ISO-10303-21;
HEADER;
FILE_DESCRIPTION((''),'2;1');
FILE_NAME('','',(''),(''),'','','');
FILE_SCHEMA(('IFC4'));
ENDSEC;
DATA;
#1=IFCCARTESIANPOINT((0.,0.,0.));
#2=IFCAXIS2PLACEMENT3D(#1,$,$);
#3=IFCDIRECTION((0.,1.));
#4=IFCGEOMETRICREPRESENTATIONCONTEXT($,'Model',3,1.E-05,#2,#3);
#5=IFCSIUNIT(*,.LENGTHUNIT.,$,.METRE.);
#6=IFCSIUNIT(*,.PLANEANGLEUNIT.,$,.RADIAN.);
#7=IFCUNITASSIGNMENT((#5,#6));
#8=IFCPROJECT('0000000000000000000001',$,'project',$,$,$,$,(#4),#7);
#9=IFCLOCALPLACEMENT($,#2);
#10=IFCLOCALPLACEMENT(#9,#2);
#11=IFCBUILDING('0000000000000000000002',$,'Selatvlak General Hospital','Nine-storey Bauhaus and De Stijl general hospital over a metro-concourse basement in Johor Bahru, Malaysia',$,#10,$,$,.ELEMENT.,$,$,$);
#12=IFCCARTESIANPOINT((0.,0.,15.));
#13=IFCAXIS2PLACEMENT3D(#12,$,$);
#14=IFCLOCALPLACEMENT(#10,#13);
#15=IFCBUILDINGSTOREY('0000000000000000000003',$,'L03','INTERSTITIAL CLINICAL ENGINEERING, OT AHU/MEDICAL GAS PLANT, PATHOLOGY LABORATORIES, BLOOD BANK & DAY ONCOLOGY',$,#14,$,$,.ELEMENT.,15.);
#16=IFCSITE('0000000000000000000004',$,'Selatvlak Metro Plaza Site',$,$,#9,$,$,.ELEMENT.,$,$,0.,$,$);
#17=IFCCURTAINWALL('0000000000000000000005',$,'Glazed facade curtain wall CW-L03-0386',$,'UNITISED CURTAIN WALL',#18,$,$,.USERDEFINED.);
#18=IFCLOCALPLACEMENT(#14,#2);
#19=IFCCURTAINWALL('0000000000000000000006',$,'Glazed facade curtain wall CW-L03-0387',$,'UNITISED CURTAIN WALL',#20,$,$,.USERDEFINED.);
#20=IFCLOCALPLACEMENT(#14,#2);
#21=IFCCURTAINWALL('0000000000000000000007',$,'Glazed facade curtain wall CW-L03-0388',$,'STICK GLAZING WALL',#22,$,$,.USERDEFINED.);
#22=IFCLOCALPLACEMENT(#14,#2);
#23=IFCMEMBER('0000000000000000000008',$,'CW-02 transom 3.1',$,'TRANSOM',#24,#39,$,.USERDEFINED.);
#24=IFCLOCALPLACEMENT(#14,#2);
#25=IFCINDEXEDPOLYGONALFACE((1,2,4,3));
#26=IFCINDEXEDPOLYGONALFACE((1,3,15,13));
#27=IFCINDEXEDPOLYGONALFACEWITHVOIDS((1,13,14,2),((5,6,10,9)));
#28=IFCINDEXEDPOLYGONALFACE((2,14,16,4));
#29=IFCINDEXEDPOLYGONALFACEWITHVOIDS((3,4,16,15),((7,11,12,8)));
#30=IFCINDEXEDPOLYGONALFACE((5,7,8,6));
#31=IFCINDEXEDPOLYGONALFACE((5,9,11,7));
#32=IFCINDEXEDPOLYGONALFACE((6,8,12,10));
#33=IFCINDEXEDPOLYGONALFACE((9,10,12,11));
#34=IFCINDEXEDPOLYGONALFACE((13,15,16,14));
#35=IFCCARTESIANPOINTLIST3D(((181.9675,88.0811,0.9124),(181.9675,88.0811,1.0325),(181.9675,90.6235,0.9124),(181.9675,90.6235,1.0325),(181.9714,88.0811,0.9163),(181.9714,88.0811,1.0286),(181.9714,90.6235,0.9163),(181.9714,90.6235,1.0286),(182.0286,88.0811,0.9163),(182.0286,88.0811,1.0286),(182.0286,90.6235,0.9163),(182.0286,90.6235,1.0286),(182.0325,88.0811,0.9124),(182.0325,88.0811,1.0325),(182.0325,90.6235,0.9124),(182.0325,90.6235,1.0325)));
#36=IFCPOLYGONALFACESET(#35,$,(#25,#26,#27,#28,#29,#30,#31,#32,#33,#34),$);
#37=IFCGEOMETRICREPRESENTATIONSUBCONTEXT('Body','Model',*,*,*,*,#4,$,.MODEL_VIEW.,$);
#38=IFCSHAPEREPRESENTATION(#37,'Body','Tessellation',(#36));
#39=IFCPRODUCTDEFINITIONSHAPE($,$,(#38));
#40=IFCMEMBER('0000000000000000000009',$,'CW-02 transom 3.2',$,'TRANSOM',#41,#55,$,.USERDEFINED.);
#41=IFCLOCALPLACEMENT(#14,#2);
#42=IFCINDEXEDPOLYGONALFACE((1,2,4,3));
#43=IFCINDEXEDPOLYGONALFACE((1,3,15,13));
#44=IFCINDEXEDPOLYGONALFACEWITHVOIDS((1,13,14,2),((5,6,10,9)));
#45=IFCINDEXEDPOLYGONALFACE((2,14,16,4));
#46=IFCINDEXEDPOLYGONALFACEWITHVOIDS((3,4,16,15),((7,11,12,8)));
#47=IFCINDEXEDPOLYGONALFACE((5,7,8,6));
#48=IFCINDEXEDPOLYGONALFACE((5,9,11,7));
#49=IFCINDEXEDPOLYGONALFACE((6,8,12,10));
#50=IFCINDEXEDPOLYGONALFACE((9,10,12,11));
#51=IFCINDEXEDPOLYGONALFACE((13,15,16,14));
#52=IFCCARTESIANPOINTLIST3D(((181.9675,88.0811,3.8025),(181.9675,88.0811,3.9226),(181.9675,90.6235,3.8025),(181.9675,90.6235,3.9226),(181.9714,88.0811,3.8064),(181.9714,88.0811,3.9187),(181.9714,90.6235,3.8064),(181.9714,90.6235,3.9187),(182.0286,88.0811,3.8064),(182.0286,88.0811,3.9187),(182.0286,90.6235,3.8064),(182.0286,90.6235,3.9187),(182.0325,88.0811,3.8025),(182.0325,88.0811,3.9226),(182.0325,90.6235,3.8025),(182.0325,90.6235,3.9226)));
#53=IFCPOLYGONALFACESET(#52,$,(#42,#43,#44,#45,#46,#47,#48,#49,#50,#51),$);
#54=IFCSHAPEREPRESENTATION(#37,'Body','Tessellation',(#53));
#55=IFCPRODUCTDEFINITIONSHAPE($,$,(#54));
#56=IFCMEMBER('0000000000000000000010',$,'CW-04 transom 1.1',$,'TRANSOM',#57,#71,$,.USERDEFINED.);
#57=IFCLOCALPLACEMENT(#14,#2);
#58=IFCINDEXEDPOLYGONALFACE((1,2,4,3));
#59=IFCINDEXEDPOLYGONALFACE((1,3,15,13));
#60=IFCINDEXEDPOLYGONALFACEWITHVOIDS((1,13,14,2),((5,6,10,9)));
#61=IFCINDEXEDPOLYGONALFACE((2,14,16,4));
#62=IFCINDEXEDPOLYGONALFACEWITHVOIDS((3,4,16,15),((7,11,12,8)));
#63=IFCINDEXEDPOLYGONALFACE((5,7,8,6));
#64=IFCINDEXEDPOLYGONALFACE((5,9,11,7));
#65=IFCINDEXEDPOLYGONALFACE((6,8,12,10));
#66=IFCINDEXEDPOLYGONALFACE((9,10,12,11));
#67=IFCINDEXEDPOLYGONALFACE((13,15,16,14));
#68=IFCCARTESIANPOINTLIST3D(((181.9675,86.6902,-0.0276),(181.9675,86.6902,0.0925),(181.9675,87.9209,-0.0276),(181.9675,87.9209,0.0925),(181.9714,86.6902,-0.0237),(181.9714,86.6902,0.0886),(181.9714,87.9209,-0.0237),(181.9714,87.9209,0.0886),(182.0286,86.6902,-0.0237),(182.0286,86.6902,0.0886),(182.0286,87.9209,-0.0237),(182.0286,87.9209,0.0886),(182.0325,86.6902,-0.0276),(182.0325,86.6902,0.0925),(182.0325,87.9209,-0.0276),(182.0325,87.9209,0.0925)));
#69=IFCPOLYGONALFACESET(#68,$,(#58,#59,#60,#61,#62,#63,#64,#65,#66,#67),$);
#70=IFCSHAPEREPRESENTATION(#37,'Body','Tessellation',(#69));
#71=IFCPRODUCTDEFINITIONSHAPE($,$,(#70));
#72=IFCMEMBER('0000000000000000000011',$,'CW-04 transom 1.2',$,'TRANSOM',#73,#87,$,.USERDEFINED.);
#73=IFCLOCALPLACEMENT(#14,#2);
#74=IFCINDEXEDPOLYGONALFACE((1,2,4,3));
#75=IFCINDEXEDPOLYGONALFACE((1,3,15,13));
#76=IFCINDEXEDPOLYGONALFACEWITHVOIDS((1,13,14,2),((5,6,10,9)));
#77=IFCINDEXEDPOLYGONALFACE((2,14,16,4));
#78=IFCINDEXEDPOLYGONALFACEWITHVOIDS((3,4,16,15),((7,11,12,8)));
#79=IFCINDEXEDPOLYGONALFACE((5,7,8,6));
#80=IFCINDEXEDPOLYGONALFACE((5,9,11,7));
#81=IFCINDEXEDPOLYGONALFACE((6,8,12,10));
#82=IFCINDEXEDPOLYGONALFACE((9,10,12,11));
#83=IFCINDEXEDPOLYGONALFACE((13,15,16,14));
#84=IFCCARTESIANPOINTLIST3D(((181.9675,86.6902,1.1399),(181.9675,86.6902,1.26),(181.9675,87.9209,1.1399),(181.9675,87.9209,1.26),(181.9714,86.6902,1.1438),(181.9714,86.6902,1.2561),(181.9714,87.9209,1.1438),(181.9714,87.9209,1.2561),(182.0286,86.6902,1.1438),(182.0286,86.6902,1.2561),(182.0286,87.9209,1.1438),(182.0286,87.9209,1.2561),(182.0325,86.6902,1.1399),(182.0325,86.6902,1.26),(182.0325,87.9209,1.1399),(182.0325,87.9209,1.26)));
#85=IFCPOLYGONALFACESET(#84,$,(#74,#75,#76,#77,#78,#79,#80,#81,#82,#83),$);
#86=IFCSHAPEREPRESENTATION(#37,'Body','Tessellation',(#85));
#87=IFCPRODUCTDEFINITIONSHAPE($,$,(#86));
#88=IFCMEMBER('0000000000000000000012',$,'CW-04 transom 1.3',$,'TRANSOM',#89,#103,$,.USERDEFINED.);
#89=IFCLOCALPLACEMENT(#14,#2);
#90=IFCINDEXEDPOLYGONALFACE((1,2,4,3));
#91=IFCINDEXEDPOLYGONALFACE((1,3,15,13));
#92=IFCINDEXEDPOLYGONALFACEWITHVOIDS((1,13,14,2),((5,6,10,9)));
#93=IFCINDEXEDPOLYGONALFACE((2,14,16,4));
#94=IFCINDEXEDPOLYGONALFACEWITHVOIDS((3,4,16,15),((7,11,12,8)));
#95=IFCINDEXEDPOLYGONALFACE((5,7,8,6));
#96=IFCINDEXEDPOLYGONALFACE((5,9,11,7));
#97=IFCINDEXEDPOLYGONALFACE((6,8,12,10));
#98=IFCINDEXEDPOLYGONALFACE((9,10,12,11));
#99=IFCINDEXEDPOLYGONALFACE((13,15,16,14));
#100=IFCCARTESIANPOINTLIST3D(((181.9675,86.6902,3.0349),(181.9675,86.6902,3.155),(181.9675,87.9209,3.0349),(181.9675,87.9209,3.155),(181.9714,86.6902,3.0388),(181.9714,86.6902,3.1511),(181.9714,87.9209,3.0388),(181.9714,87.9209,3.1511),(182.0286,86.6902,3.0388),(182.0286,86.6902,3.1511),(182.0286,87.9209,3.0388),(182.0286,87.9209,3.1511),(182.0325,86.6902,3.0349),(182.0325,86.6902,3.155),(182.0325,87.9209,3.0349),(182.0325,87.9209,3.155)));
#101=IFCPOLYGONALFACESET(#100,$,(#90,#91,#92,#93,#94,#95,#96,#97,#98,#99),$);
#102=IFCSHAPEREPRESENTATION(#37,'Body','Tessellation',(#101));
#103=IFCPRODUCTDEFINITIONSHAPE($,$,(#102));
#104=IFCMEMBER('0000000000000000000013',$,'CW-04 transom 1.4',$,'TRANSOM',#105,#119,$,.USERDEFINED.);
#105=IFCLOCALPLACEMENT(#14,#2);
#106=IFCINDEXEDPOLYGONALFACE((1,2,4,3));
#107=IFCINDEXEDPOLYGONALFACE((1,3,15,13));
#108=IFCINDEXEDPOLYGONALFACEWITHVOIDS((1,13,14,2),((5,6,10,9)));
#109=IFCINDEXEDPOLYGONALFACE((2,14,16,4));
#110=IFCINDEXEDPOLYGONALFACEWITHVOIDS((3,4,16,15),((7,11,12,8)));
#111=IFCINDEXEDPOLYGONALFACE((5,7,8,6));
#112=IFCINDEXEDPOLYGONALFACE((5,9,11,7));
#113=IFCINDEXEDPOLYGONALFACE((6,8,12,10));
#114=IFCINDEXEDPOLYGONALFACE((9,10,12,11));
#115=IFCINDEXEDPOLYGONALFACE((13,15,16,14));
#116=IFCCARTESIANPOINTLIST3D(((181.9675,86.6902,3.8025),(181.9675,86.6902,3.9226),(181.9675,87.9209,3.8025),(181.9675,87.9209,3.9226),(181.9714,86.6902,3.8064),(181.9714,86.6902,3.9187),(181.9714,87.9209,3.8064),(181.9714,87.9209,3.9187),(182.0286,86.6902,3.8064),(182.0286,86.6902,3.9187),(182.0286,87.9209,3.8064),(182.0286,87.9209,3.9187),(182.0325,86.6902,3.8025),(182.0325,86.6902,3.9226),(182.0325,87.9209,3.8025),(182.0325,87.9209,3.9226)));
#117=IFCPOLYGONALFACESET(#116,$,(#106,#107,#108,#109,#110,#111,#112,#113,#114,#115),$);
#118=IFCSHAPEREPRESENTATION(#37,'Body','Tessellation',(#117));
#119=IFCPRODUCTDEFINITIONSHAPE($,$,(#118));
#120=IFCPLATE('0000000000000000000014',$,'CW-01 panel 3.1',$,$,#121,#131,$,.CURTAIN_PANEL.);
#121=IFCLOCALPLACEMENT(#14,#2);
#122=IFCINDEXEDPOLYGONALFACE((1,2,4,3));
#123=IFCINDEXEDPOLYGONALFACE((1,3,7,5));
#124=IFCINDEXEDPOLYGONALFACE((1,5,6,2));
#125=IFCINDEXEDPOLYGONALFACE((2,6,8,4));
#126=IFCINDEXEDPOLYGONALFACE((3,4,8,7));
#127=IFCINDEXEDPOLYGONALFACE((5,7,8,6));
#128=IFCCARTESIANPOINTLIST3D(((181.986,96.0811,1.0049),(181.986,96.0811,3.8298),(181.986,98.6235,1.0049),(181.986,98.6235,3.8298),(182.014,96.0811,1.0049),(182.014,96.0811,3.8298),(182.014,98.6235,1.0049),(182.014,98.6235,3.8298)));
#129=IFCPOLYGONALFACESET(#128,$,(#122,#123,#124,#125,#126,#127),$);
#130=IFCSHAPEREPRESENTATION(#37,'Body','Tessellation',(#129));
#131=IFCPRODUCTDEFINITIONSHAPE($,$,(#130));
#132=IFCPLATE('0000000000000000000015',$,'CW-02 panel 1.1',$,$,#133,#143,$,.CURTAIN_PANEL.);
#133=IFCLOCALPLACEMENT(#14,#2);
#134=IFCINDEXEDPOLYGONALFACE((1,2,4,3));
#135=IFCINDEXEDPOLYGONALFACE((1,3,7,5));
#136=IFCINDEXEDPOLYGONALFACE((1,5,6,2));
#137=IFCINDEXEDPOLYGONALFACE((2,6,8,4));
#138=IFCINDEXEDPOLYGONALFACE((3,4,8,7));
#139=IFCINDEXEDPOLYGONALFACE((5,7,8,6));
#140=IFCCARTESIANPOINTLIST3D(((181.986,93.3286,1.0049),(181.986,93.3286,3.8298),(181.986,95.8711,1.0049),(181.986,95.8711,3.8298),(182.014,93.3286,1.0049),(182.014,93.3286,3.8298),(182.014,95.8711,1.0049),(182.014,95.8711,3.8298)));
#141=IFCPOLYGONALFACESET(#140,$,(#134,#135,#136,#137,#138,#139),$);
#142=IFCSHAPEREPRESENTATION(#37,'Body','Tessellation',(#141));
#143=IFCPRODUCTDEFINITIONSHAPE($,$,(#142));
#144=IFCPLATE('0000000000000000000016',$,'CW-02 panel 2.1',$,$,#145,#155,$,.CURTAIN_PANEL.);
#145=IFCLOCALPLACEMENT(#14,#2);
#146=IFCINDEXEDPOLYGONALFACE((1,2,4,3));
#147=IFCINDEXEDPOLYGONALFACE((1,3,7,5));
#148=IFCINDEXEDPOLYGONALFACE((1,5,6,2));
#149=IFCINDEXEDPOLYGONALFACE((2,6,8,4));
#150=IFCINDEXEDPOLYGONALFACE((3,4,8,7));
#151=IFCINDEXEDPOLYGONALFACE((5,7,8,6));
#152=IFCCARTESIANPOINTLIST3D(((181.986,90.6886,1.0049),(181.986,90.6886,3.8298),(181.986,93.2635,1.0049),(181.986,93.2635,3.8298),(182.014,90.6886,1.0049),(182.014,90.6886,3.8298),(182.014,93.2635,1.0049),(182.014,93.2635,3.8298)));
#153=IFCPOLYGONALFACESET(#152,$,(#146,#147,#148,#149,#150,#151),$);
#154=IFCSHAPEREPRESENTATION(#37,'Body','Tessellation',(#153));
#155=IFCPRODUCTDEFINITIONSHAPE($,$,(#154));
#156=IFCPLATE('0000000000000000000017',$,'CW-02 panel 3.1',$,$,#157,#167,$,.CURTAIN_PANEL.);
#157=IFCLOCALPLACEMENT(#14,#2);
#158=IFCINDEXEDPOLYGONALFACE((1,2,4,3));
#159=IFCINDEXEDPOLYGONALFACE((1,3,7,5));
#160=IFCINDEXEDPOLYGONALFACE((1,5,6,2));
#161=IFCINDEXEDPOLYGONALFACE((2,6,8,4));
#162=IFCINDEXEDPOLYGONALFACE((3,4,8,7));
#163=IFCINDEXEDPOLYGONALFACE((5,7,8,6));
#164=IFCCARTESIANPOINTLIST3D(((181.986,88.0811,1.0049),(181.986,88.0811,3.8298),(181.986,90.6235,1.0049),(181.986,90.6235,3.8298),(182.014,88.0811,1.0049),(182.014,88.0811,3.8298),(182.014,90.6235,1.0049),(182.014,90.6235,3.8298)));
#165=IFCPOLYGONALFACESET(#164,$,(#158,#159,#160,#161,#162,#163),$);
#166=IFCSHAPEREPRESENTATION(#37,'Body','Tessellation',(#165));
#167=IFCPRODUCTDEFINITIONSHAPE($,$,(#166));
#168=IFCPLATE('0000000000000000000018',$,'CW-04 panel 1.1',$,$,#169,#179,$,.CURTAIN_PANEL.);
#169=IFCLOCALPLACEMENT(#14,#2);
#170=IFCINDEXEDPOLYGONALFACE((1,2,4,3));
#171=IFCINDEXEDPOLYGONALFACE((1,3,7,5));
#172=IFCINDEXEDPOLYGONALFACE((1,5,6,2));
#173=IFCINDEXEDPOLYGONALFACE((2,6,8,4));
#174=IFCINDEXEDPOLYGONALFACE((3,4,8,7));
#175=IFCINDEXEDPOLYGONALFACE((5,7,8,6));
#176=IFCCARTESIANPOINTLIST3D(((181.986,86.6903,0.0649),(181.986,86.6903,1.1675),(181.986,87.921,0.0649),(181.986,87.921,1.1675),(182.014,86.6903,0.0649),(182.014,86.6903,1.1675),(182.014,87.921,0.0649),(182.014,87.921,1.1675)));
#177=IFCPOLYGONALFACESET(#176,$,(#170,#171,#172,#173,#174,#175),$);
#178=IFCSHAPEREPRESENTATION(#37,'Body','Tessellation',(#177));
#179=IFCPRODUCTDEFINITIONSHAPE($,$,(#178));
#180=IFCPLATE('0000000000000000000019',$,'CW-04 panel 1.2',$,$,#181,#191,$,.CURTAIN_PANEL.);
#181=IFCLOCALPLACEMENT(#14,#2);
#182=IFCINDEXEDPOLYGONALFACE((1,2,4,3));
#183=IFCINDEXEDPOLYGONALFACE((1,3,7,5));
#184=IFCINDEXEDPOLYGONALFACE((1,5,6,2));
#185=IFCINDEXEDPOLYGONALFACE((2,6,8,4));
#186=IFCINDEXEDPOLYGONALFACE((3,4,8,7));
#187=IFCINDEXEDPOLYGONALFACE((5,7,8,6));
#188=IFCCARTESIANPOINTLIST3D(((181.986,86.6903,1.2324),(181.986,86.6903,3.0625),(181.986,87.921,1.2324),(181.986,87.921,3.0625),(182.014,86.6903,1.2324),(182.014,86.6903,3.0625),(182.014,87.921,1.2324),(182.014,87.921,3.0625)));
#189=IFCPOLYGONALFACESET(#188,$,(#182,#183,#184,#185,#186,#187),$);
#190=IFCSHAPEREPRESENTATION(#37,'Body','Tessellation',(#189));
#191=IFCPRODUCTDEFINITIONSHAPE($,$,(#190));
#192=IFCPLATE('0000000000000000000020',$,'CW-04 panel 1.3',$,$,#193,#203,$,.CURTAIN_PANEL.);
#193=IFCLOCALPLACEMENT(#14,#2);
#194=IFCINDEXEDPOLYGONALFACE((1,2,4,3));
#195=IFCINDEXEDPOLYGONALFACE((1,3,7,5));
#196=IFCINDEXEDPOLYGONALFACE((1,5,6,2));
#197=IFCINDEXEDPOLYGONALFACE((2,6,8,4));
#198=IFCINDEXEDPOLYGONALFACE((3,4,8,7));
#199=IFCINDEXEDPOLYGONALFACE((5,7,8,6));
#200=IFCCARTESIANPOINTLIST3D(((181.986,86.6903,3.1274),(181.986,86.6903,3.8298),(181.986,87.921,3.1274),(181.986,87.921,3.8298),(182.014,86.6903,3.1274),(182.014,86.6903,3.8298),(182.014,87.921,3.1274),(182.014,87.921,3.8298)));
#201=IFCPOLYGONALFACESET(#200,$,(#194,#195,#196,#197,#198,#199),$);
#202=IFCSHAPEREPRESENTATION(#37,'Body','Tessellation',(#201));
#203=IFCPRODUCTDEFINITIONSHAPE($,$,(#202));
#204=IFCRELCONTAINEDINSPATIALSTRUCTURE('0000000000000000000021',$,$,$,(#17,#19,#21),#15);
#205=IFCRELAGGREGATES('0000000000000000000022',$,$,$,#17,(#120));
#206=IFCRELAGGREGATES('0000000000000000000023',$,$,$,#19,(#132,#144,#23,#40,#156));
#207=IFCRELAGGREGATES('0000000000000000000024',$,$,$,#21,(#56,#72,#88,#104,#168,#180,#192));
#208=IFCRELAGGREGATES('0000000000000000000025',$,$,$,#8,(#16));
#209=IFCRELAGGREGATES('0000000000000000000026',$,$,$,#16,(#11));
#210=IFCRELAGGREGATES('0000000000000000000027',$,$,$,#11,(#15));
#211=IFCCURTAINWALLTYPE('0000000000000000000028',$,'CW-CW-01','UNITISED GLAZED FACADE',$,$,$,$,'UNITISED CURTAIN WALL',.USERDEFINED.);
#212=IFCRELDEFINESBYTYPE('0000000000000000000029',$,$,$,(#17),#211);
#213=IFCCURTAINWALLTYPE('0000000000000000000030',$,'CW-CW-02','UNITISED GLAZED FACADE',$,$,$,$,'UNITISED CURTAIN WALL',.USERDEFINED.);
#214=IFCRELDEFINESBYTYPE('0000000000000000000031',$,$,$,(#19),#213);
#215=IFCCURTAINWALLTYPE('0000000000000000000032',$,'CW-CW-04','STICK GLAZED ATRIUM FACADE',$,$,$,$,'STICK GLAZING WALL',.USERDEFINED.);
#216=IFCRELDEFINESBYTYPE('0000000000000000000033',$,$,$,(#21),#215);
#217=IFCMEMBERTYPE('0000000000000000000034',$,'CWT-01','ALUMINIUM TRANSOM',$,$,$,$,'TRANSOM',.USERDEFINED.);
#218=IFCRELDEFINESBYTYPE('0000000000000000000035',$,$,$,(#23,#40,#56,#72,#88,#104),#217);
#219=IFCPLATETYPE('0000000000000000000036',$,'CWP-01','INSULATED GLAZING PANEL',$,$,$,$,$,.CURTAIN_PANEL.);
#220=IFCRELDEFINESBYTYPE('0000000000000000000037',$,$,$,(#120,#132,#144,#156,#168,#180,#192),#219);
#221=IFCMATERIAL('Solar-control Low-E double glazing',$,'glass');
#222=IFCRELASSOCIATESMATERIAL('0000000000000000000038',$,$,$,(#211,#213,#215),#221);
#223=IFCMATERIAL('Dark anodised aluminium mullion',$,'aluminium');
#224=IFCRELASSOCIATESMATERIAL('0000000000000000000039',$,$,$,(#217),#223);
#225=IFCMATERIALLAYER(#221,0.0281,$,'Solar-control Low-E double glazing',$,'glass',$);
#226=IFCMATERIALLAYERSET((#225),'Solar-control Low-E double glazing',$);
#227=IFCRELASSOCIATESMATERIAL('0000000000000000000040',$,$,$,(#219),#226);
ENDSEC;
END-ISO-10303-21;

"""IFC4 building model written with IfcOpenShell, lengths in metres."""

from ifc_helpers import new_model, si_unit, direction, frame, origin, origin_2d, place, context, subcontext, project, spatial, rectangle, hollow_rectangle, extrude, material, layer, layer_set, material_profile, profile_set, type_object, element, aggregate, save


model = new_model("IFC4")

# Units and contexts
model_context = context("Model", 3, precision=1e-05, world=origin(), true_north=direction((0.0, 1.0)))
body_context = subcontext(model_context, "Body", "Model", "MODEL_VIEW")
ifc_project = project(units=[si_unit("LENGTHUNIT", "METRE"), si_unit("PLANEANGLEUNIT", "RADIAN")], contexts=[model_context])

# Site, building, storey
site_placement = place(None, origin())
site = spatial("IfcSite", under=ifc_project, at=site_placement, Name="Selatvlak Metro Plaza Site", CompositionType="ELEMENT", RefElevation=0.0)
building_placement = place(site_placement, origin())
building = spatial("IfcBuilding", under=site, at=building_placement, Name="Selatvlak General Hospital", Description="Nine-storey Bauhaus and De Stijl general hospital over a metro-concourse basement in Johor Bahru, Malaysia", CompositionType="ELEMENT")
storey_placement = place(building_placement, frame((0.0, 0.0, 15.0)))
storey = spatial("IfcBuildingStorey", under=building, at=storey_placement, Name="L03", Description="INTERSTITIAL CLINICAL ENGINEERING, OT AHU/MEDICAL GAS PLANT, PATHOLOGY LABORATORIES, BLOOD BANK & DAY ONCOLOGY", CompositionType="ELEMENT", Elevation=15.0)

# Curtain wall
ifc_material_1 = material(Name="Solar-control Low-E double glazing", Category="glass")
curtain_wall_type_1 = type_object("IfcCurtainWallType", Name="CW-CW-01", Description="UNITISED GLAZED FACADE", ElementType="UNITISED CURTAIN WALL", PredefinedType="USERDEFINED", material=ifc_material_1)
curtain_wall_1_placement = place(storey_placement, origin())
curtain_wall_1 = element("IfcCurtainWall", 1, at=curtain_wall_1_placement, inside=storey, type_object=curtain_wall_type_1, Name="Glazed facade curtain wall CW-L03-0386", ObjectType="UNITISED CURTAIN WALL", PredefinedType="USERDEFINED")
ifc_material_2 = material(Name="Dark anodised aluminium mullion", Category="aluminium")

# Curtain wall
curtain_wall_type_2 = type_object("IfcCurtainWallType", Name="CW-CW-02", Description="UNITISED GLAZED FACADE", ElementType="UNITISED CURTAIN WALL", PredefinedType="USERDEFINED", material=ifc_material_1)
curtain_wall_2_placement = place(storey_placement, origin())
curtain_wall_2 = element("IfcCurtainWall", 2, at=curtain_wall_2_placement, inside=storey, type_object=curtain_wall_type_2, Name="Glazed facade curtain wall CW-L03-0387", ObjectType="UNITISED CURTAIN WALL", PredefinedType="USERDEFINED")

# Curtain wall
curtain_wall_type_3 = type_object("IfcCurtainWallType", Name="CW-CW-04", Description="STICK GLAZED ATRIUM FACADE", ElementType="STICK GLAZING WALL", PredefinedType="USERDEFINED", material=ifc_material_1)
curtain_wall_3_placement = place(storey_placement, origin())
curtain_wall_3 = element("IfcCurtainWall", 3, at=curtain_wall_3_placement, inside=storey, type_object=curtain_wall_type_3, Name="Glazed facade curtain wall CW-L03-0388", ObjectType="STICK GLAZING WALL", PredefinedType="USERDEFINED")

# Members
ifc_material_profile_1 = material_profile(ifc_material_2, hollow_rectangle(XDim=0.0649, YDim=0.1201, WallThickness=0.0039, at=origin_2d()), Name="AL-TRN 65x120x4")
ifc_profile_set_1 = profile_set([ifc_material_profile_1], Name="Dark anodised aluminium mullion")
member_type_1 = type_object("IfcMemberType", Name="CWT-01", Description="ALUMINIUM TRANSOM", ElementType="TRANSOM", PredefinedType="USERDEFINED", material=ifc_profile_set_1)
member_1_placement = place(storey_placement, frame((182.0, 90.6235, 0.9724), z_axis=(0.0, -1.0, 0.0), x_axis=(1.0, 0.0, 0.0)))
member_1 = element("IfcMember", 4, at=member_1_placement, type_object=member_type_1, Name="CW-02 transom 3.1", ObjectType="TRANSOM", PredefinedType="USERDEFINED", context=body_context, shape_type="SweptSolid", body=[
    extrude(hollow_rectangle(XDim=0.0649, YDim=0.1201, WallThickness=0.0039, at=origin_2d()), origin(), (0.0, 0.0, 1.0), 2.5425),
])
member_2_placement = place(storey_placement, frame((182.0, 90.6235, 3.8625), z_axis=(0.0, -1.0, 0.0), x_axis=(1.0, 0.0, 0.0)))
member_2 = element("IfcMember", 5, at=member_2_placement, type_object=member_type_1, Name="CW-02 transom 3.2", ObjectType="TRANSOM", PredefinedType="USERDEFINED", context=body_context, shape_type="SweptSolid", body=[
    extrude(hollow_rectangle(XDim=0.0649, YDim=0.1201, WallThickness=0.0039, at=origin_2d()), origin(), (0.0, 0.0, 1.0), 2.5425),
])
member_3_placement = place(storey_placement, frame((182.0, 87.9209, 0.0325), z_axis=(0.0, -1.0, 0.0), x_axis=(1.0, 0.0, 0.0)))
member_3 = element("IfcMember", 6, at=member_3_placement, type_object=member_type_1, Name="CW-04 transom 1.1", ObjectType="TRANSOM", PredefinedType="USERDEFINED", context=body_context, shape_type="SweptSolid", body=[
    extrude(hollow_rectangle(XDim=0.0649, YDim=0.1201, WallThickness=0.0039, at=origin_2d()), origin(), (0.0, 0.0, 1.0), 1.2307),
])
member_4_placement = place(storey_placement, frame((182.0, 87.9209, 1.2), z_axis=(0.0, -1.0, 0.0), x_axis=(1.0, 0.0, 0.0)))
member_4 = element("IfcMember", 7, at=member_4_placement, type_object=member_type_1, Name="CW-04 transom 1.2", ObjectType="TRANSOM", PredefinedType="USERDEFINED", context=body_context, shape_type="SweptSolid", body=[
    extrude(hollow_rectangle(XDim=0.0649, YDim=0.1201, WallThickness=0.0039, at=origin_2d()), origin(), (0.0, 0.0, 1.0), 1.2307),
])
member_5_placement = place(storey_placement, frame((182.0, 87.9209, 3.095), z_axis=(0.0, -1.0, 0.0), x_axis=(1.0, 0.0, 0.0)))
member_5 = element("IfcMember", 8, at=member_5_placement, type_object=member_type_1, Name="CW-04 transom 1.3", ObjectType="TRANSOM", PredefinedType="USERDEFINED", context=body_context, shape_type="SweptSolid", body=[
    extrude(hollow_rectangle(XDim=0.0649, YDim=0.1201, WallThickness=0.0039, at=origin_2d()), origin(), (0.0, 0.0, 1.0), 1.2307),
])
member_6_placement = place(storey_placement, frame((182.0, 87.9209, 3.8625), z_axis=(0.0, -1.0, 0.0), x_axis=(1.0, 0.0, 0.0)))
member_6 = element("IfcMember", 9, at=member_6_placement, type_object=member_type_1, Name="CW-04 transom 1.4", ObjectType="TRANSOM", PredefinedType="USERDEFINED", context=body_context, shape_type="SweptSolid", body=[
    extrude(hollow_rectangle(XDim=0.0649, YDim=0.1201, WallThickness=0.0039, at=origin_2d()), origin(), (0.0, 0.0, 1.0), 1.2307),
])

# Plates
ifc_layer_1 = layer(ifc_material_1, 0.0281, Name="Solar-control Low-E double glazing", Category="glass")
ifc_layer_set_1 = layer_set([ifc_layer_1], Name="Solar-control Low-E double glazing")
plate_type = type_object("IfcPlateType", Name="CWP-01", Description="INSULATED GLAZING PANEL", PredefinedType="CURTAIN_PANEL", material=ifc_layer_set_1)
plate_1_placement = place(storey_placement, frame((182.0, 97.3523, 1.0049), z_axis=(0.0, 0.0, 1.0), x_axis=(0.0, -1.0, 0.0)))
plate_1 = element("IfcPlate", 10, at=plate_1_placement, type_object=plate_type, Name="CW-01 panel 3.1", PredefinedType="CURTAIN_PANEL", context=body_context, shape_type="SweptSolid", body=[
    extrude(rectangle(XDim=2.5425, YDim=0.0281, at=origin_2d()), origin(), (0.0, 0.0, 1.0), 2.825),
])
aggregate(curtain_wall_1, [plate_1])
plate_2_placement = place(storey_placement, frame((182.0, 94.5999, 1.0049), z_axis=(0.0, 0.0, 1.0), x_axis=(0.0, -1.0, 0.0)))
plate_2 = element("IfcPlate", 11, at=plate_2_placement, type_object=plate_type, Name="CW-02 panel 1.1", PredefinedType="CURTAIN_PANEL", context=body_context, shape_type="SweptSolid", body=[
    extrude(rectangle(XDim=2.5425, YDim=0.0281, at=origin_2d()), origin(), (0.0, 0.0, 1.0), 2.825),
])
plate_3_placement = place(storey_placement, frame((182.0, 91.9761, 1.0049), z_axis=(0.0, 0.0, 1.0), x_axis=(0.0, -1.0, 0.0)))
plate_3 = element("IfcPlate", 12, at=plate_3_placement, type_object=plate_type, Name="CW-02 panel 2.1", PredefinedType="CURTAIN_PANEL", context=body_context, shape_type="SweptSolid", body=[
    extrude(rectangle(XDim=2.575, YDim=0.0281, at=origin_2d()), origin(), (0.0, 0.0, 1.0), 2.825),
])
plate_4_placement = place(storey_placement, frame((182.0, 89.3523, 1.0049), z_axis=(0.0, 0.0, 1.0), x_axis=(0.0, -1.0, 0.0)))
plate_4 = element("IfcPlate", 13, at=plate_4_placement, type_object=plate_type, Name="CW-02 panel 3.1", PredefinedType="CURTAIN_PANEL", context=body_context, shape_type="SweptSolid", body=[
    extrude(rectangle(XDim=2.5425, YDim=0.0281, at=origin_2d()), origin(), (0.0, 0.0, 1.0), 2.825),
])
aggregate(curtain_wall_2, [plate_2, plate_3, member_1, member_2, plate_4])
plate_5_placement = place(storey_placement, frame((182.0, 87.3057, 0.0649), z_axis=(0.0, 0.0, 1.0), x_axis=(0.0, -1.0, 0.0)))
plate_5 = element("IfcPlate", 14, at=plate_5_placement, type_object=plate_type, Name="CW-04 panel 1.1", PredefinedType="CURTAIN_PANEL", context=body_context, shape_type="SweptSolid", body=[
    extrude(rectangle(XDim=1.2307, YDim=0.0281, at=origin_2d()), origin(), (0.0, 0.0, 1.0), 1.1025),
])
plate_6_placement = place(storey_placement, frame((182.0, 87.3057, 1.2324), z_axis=(0.0, 0.0, 1.0), x_axis=(0.0, -1.0, 0.0)))
plate_6 = element("IfcPlate", 15, at=plate_6_placement, type_object=plate_type, Name="CW-04 panel 1.2", PredefinedType="CURTAIN_PANEL", context=body_context, shape_type="SweptSolid", body=[
    extrude(rectangle(XDim=1.2307, YDim=0.0281, at=origin_2d()), origin(), (0.0, 0.0, 1.0), 1.8301),
])
plate_7_placement = place(storey_placement, frame((182.0, 87.3057, 3.1274), z_axis=(0.0, 0.0, 1.0), x_axis=(0.0, -1.0, 0.0)))
plate_7 = element("IfcPlate", 16, at=plate_7_placement, type_object=plate_type, Name="CW-04 panel 1.3", PredefinedType="CURTAIN_PANEL", context=body_context, shape_type="SweptSolid", body=[
    extrude(rectangle(XDim=1.2307, YDim=0.0281, at=origin_2d()), origin(), (0.0, 0.0, 1.0), 0.7024),
])
aggregate(curtain_wall_3, [member_3, member_4, member_5, member_6, plate_5, plate_6, plate_7])

save(model, "model.ifc")
